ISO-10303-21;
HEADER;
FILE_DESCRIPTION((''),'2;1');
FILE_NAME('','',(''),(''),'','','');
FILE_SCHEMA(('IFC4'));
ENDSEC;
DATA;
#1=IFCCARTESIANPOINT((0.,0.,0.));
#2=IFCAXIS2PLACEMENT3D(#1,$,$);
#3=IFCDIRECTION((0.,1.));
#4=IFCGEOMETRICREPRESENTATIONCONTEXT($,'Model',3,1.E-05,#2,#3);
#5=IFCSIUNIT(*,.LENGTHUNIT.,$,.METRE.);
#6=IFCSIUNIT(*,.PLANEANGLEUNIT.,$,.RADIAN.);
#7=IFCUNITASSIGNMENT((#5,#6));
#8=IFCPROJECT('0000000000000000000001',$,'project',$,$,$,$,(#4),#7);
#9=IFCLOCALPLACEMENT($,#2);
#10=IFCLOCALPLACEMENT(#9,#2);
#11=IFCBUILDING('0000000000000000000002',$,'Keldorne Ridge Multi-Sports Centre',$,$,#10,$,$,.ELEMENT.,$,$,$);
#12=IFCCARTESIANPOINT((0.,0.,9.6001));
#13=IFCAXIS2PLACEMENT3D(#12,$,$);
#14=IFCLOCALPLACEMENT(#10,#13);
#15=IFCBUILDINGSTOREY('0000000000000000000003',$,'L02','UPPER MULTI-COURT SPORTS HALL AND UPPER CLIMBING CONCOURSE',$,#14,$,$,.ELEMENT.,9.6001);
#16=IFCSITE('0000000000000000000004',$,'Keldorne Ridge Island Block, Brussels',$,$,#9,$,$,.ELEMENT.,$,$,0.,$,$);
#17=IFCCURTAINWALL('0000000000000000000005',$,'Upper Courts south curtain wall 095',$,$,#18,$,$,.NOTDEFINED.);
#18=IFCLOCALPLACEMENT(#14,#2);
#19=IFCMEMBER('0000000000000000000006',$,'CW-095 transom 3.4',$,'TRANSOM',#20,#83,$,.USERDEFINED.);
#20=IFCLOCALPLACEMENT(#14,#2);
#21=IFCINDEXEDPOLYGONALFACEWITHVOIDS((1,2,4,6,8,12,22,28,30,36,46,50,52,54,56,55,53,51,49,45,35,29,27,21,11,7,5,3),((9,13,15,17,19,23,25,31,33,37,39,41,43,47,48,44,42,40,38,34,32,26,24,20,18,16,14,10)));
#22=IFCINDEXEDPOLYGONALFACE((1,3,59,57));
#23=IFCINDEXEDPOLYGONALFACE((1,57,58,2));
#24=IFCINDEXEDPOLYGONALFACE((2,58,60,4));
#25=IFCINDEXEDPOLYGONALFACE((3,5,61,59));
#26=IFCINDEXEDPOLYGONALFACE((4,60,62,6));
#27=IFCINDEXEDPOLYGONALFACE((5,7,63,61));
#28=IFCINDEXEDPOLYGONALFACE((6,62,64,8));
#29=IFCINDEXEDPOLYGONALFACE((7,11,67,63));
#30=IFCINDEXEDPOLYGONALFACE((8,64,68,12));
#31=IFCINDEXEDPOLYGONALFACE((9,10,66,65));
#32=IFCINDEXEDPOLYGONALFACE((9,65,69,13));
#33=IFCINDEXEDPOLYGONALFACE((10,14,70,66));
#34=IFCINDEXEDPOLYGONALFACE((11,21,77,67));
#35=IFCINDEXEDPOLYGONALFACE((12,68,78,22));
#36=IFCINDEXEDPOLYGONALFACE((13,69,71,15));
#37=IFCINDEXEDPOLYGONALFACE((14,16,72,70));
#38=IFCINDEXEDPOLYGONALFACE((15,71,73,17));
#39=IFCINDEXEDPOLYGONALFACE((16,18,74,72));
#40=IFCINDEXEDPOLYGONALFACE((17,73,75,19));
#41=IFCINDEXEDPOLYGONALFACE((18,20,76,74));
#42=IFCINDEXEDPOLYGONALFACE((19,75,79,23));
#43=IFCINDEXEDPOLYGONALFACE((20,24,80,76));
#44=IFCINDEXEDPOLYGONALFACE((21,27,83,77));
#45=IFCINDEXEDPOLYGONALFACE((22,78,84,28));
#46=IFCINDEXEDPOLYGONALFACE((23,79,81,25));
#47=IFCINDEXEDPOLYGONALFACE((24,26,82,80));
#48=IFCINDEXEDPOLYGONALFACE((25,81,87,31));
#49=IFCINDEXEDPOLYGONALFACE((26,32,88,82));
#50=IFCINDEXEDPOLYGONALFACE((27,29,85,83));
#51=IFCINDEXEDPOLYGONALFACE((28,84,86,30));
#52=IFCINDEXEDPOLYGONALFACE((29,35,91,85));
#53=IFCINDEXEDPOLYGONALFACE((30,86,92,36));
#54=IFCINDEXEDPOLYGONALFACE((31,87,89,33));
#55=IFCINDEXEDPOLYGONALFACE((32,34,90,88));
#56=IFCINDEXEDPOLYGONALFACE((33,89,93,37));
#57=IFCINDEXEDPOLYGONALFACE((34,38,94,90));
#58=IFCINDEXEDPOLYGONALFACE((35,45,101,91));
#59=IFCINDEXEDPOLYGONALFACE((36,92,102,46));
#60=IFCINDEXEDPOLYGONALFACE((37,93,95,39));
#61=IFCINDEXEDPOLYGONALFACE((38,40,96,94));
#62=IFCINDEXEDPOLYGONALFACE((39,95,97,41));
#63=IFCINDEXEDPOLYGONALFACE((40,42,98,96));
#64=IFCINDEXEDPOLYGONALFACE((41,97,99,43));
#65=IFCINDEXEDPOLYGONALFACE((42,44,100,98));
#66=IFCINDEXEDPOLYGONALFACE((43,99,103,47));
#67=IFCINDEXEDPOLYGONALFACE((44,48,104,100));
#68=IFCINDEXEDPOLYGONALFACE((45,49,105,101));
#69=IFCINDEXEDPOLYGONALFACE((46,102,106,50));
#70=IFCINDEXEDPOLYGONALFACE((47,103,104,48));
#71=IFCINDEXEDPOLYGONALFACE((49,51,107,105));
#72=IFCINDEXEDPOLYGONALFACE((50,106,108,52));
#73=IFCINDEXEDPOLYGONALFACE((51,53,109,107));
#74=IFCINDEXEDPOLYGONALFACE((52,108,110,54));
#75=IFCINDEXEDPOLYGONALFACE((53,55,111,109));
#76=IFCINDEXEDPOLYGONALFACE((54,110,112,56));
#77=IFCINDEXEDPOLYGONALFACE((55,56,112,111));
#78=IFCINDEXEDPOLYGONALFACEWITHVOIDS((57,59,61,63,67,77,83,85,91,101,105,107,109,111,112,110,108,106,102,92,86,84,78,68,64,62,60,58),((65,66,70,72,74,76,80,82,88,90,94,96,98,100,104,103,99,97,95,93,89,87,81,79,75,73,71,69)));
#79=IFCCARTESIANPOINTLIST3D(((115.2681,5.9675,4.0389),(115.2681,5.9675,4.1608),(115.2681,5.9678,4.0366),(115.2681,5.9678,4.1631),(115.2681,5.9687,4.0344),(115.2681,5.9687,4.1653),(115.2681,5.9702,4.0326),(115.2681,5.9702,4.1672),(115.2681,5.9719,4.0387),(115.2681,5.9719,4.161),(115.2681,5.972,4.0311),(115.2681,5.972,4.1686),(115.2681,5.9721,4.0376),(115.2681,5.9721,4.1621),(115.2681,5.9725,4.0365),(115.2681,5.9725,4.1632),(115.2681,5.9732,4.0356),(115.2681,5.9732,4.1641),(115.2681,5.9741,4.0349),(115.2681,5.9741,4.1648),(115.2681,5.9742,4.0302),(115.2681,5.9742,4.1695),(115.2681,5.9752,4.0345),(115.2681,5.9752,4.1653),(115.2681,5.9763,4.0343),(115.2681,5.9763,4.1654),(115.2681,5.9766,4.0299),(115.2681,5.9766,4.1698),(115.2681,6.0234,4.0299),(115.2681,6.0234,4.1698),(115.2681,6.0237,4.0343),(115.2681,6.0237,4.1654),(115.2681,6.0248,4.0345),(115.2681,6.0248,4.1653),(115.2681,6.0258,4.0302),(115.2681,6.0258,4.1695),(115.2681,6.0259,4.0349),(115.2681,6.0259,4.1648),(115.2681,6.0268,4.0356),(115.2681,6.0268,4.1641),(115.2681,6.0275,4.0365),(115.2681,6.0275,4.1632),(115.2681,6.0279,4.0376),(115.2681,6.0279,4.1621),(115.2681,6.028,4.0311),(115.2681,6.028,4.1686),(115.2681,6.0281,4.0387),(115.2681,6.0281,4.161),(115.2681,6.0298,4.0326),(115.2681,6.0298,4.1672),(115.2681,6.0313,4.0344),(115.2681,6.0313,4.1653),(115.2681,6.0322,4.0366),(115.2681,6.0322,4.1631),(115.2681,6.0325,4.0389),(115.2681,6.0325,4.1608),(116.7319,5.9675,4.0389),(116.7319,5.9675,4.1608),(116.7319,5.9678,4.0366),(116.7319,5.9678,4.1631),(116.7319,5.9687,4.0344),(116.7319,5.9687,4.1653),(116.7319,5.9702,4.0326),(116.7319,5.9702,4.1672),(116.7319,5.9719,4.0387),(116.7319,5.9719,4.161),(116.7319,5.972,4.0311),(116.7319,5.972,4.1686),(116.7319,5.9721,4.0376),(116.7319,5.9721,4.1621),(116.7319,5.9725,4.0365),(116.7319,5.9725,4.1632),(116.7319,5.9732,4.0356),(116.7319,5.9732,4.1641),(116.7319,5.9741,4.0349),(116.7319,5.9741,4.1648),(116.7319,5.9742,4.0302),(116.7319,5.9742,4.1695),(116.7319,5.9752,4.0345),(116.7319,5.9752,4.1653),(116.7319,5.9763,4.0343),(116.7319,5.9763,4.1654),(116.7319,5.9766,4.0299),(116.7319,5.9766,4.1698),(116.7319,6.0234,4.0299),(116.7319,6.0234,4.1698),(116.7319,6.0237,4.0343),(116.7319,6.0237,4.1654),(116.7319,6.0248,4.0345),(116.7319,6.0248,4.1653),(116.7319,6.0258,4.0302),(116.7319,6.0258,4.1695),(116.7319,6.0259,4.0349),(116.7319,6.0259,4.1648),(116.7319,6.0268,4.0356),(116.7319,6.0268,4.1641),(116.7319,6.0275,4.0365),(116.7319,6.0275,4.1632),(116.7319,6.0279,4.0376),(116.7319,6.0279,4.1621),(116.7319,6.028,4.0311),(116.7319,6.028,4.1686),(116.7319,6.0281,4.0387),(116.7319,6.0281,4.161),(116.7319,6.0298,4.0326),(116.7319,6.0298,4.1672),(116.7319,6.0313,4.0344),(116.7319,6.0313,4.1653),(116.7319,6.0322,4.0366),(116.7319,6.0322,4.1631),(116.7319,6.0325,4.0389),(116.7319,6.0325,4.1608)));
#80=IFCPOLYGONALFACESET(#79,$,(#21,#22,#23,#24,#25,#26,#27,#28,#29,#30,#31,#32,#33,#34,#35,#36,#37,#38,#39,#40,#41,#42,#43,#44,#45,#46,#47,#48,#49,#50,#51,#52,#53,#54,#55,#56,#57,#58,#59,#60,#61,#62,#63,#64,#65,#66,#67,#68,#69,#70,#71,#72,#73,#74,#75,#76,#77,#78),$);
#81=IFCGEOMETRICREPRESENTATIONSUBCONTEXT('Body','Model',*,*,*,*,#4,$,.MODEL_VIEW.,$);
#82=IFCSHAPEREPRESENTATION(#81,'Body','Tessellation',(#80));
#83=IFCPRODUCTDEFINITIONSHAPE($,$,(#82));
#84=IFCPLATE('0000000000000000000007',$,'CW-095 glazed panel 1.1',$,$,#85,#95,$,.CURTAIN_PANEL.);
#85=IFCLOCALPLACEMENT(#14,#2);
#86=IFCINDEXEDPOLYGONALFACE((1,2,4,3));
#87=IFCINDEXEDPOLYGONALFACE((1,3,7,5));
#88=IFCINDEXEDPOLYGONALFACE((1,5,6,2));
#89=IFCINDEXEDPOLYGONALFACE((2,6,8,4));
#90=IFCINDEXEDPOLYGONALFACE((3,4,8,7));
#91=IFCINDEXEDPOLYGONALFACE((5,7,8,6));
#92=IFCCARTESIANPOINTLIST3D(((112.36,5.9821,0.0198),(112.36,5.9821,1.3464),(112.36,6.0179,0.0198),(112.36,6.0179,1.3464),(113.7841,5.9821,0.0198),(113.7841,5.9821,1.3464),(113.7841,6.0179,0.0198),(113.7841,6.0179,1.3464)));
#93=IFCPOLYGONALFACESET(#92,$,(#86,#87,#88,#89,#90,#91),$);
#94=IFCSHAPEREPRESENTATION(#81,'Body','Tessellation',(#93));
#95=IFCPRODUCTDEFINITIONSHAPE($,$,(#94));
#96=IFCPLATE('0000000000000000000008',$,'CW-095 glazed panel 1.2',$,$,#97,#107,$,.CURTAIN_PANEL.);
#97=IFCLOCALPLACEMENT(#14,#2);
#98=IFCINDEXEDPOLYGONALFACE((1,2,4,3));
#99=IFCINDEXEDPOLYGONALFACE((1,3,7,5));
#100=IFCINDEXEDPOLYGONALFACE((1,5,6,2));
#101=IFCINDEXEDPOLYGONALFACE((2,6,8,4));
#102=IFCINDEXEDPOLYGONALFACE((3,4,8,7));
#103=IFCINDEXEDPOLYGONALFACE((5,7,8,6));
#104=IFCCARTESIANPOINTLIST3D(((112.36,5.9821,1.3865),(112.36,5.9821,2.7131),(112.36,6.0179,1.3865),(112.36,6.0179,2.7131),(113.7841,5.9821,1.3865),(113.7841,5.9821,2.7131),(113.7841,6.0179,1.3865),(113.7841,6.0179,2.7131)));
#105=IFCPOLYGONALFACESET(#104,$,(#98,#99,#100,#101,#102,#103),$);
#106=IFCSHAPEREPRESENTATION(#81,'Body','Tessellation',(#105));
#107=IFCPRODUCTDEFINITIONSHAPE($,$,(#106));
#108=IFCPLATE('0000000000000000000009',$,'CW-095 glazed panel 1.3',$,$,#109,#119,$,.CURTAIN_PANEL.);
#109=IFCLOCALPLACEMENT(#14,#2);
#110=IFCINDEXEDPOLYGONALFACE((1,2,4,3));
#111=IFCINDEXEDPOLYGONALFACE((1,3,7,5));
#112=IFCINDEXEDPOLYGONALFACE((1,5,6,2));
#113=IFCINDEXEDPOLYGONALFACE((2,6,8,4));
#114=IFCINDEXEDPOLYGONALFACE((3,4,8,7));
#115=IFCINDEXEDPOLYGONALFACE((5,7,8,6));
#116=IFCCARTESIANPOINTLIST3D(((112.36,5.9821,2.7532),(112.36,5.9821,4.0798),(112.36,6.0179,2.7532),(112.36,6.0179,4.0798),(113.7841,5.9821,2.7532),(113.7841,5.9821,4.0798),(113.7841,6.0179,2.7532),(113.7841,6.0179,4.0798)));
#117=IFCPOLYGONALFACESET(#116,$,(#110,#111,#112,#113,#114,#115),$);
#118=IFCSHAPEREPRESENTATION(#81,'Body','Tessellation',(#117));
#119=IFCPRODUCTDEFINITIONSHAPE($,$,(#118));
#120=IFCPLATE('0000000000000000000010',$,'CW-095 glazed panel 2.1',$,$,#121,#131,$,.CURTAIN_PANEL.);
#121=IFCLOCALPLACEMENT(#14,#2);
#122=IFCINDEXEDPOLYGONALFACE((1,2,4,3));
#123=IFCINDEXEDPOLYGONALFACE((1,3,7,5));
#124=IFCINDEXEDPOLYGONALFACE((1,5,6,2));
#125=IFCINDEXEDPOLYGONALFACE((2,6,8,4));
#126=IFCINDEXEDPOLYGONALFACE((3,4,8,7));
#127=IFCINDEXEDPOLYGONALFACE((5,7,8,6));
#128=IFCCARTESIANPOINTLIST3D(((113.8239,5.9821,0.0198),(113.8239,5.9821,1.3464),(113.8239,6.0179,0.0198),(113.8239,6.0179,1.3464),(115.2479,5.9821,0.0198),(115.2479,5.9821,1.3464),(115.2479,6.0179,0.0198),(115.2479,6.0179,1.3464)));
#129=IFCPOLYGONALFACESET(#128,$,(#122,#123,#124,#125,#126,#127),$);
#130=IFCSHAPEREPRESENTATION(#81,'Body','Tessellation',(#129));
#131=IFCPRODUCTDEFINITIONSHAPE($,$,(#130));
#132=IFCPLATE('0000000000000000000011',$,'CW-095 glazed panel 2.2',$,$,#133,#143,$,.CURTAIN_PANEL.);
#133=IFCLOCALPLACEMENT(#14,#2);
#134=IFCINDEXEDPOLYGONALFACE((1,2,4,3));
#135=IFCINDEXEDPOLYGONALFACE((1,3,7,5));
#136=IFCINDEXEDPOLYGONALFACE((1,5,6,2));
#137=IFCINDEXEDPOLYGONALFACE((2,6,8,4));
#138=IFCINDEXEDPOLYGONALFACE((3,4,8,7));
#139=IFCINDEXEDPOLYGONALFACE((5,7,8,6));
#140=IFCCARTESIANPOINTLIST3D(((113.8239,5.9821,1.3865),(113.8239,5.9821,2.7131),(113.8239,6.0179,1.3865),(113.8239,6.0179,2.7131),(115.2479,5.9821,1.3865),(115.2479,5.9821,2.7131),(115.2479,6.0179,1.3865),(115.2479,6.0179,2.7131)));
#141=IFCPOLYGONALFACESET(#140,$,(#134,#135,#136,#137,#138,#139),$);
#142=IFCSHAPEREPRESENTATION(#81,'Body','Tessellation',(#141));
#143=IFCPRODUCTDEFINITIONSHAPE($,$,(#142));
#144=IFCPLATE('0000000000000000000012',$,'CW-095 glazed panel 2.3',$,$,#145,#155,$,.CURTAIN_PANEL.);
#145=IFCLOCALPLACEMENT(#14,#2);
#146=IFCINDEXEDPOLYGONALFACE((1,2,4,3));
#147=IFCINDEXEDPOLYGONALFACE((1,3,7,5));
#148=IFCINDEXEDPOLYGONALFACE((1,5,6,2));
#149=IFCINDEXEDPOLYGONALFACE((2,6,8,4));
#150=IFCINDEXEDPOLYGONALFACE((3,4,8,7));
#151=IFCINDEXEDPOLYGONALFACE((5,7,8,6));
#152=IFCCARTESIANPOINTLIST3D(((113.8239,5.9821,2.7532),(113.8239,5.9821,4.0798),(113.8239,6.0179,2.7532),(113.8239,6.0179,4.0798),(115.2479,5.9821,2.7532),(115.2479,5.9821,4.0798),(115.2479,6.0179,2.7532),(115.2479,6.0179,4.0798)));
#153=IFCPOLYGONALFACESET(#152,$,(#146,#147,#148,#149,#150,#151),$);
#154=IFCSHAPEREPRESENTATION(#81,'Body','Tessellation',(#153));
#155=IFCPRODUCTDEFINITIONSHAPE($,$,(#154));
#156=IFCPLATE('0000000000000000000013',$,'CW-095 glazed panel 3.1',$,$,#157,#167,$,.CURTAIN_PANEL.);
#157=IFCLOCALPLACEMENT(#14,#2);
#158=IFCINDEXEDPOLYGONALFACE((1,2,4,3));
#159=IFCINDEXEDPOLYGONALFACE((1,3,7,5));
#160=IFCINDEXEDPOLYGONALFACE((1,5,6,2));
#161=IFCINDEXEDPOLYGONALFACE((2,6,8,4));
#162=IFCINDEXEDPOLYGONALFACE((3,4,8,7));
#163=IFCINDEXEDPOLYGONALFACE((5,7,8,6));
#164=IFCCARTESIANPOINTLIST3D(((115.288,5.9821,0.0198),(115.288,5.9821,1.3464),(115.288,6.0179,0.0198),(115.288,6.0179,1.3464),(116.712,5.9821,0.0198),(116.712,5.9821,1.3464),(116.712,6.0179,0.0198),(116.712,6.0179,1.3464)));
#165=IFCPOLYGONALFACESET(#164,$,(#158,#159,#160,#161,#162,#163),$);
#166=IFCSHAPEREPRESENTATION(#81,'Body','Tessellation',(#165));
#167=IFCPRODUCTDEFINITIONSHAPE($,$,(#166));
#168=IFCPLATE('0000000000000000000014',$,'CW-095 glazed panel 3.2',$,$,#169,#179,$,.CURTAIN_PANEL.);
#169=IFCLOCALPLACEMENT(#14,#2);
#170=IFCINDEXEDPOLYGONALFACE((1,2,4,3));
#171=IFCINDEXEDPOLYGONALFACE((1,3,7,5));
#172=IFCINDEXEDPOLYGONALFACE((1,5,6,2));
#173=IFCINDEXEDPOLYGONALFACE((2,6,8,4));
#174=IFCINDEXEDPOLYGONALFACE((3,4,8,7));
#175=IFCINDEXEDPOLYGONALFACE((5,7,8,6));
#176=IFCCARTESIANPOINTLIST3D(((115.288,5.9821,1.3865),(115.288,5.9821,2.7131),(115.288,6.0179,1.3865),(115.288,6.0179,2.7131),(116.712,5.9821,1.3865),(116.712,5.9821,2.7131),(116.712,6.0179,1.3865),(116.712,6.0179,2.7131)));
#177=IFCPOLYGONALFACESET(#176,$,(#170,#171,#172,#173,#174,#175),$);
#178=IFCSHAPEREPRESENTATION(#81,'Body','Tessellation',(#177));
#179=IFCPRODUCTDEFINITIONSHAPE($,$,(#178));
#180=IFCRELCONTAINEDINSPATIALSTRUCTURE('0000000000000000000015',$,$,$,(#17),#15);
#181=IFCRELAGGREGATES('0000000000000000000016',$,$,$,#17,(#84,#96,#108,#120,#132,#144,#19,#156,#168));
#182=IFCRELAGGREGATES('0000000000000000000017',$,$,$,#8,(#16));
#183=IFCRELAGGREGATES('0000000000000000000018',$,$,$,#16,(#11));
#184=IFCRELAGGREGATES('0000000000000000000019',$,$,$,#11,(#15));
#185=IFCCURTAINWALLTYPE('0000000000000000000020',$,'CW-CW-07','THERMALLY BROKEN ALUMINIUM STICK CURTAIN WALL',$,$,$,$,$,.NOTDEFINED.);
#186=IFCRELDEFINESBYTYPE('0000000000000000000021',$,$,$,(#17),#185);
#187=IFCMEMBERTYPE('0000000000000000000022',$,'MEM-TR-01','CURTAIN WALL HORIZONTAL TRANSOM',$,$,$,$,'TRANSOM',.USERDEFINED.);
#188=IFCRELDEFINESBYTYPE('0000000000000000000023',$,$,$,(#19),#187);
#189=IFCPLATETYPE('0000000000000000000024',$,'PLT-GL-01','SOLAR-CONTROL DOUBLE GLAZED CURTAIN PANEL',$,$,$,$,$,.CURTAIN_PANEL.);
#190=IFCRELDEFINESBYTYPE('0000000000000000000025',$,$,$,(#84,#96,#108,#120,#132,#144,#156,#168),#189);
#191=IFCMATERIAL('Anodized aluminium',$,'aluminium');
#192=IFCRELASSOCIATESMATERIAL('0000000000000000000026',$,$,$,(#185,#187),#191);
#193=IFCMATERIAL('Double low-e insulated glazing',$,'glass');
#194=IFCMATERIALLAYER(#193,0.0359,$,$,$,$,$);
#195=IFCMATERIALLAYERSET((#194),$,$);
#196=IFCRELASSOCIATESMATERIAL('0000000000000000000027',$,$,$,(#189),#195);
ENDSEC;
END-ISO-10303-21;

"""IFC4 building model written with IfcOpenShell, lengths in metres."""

from ifc_helpers import new_model, si_unit, direction, frame, origin, origin_2d, place, context, subcontext, project, spatial, rectangle, hollow_rectangle, extrude, material, layer, layer_set, material_profile, profile_set, type_object, element, aggregate, save


model = new_model("IFC4")

# Units and contexts
model_context = context("Model", 3, precision=1e-05, world=origin(), true_north=direction((0.0, 1.0)))
body_context = subcontext(model_context, "Body", "Model", "MODEL_VIEW")
ifc_project = project(units=[si_unit("LENGTHUNIT", "METRE"), si_unit("PLANEANGLEUNIT", "RADIAN")], contexts=[model_context])

# Site, building, storey
site_placement = place(None, origin())
site = spatial("IfcSite", under=ifc_project, at=site_placement, Name="Keldorne Ridge Island Block, Brussels", CompositionType="ELEMENT", RefElevation=0.0)
building_placement = place(site_placement, origin())
building = spatial("IfcBuilding", under=site, at=building_placement, Name="Keldorne Ridge Multi-Sports Centre", CompositionType="ELEMENT")
storey_placement = place(building_placement, frame((0.0, 0.0, 9.6001)))
storey = spatial("IfcBuildingStorey", under=building, at=storey_placement, Name="L02", Description="UPPER MULTI-COURT SPORTS HALL AND UPPER CLIMBING CONCOURSE", CompositionType="ELEMENT", Elevation=9.6001)

# Curtain wall, member, plates
ifc_material_1 = material(Name="Anodized aluminium", Category="aluminium")
curtain_wall_type = type_object("IfcCurtainWallType", Name="CW-CW-07", Description="THERMALLY BROKEN ALUMINIUM STICK CURTAIN WALL", PredefinedType="NOTDEFINED", material=ifc_material_1)
curtain_wall_placement = place(storey_placement, origin())
curtain_wall = element("IfcCurtainWall", 1, at=curtain_wall_placement, inside=storey, type_object=curtain_wall_type, Name="Upper Courts south curtain wall 095", PredefinedType="NOTDEFINED")
ifc_material_profile_1 = material_profile(ifc_material_1, hollow_rectangle(XDim=0.0649, YDim=0.1399, WallThickness=0.0044, InnerFilletRadius=0.0044, OuterFilletRadius=0.009, at=origin_2d()), Name="ALU TRANSOM 140x65x4.5")
ifc_profile_set_1 = profile_set([ifc_material_profile_1], Name="Anodized aluminium")
member_type_1 = type_object("IfcMemberType", Name="MEM-TR-01", Description="CURTAIN WALL HORIZONTAL TRANSOM", ElementType="TRANSOM", PredefinedType="USERDEFINED", material=ifc_profile_set_1)
member_1_placement = place(storey_placement, frame((115.2681, 6.0, 4.0999), z_axis=(1.0, 0.0, 0.0), x_axis=(0.0, 1.0, 0.0)))
member_1 = element("IfcMember", 2, at=member_1_placement, type_object=member_type_1, Name="CW-095 transom 3.4", ObjectType="TRANSOM", PredefinedType="USERDEFINED", context=body_context, shape_type="SweptSolid", body=[
    extrude(hollow_rectangle(XDim=0.0649, YDim=0.1399, WallThickness=0.0044, InnerFilletRadius=0.0044, OuterFilletRadius=0.009, at=origin_2d()), origin(), (0.0, 0.0, 1.0), 1.4639),
])
ifc_material_2 = material(Name="Double low-e insulated glazing", Category="glass")
ifc_layer = layer(ifc_material_2, 0.0359)
ifc_layer_set = layer_set([ifc_layer])
plate_type = type_object("IfcPlateType", Name="PLT-GL-01", Description="SOLAR-CONTROL DOUBLE GLAZED CURTAIN PANEL", PredefinedType="CURTAIN_PANEL", material=ifc_layer_set)
plate_1_placement = place(storey_placement, frame((113.072, 6.0, 0.0198), z_axis=(0.0, 0.0, 1.0), x_axis=(1.0, 0.0, 0.0)))
plate_1 = element("IfcPlate", 3, at=plate_1_placement, type_object=plate_type, Name="CW-095 glazed panel 1.1", PredefinedType="CURTAIN_PANEL", context=body_context, shape_type="SweptSolid", body=[
    extrude(rectangle(XDim=1.4241, YDim=0.0359, at=origin_2d()), origin(), (0.0, 0.0, 1.0), 1.3267),
])
plate_2_placement = place(storey_placement, frame((113.072, 6.0, 1.3865), z_axis=(0.0, 0.0, 1.0), x_axis=(1.0, 0.0, 0.0)))
plate_2 = element("IfcPlate", 4, at=plate_2_placement, type_object=plate_type, Name="CW-095 glazed panel 1.2", PredefinedType="CURTAIN_PANEL", context=body_context, shape_type="SweptSolid", body=[
    extrude(rectangle(XDim=1.4241, YDim=0.0359, at=origin_2d()), origin(), (0.0, 0.0, 1.0), 1.3267),
])
plate_3_placement = place(storey_placement, frame((113.072, 6.0, 2.7532), z_axis=(0.0, 0.0, 1.0), x_axis=(1.0, 0.0, 0.0)))
plate_3 = element("IfcPlate", 5, at=plate_3_placement, type_object=plate_type, Name="CW-095 glazed panel 1.3", PredefinedType="CURTAIN_PANEL", context=body_context, shape_type="SweptSolid", body=[
    extrude(rectangle(XDim=1.4241, YDim=0.0359, at=origin_2d()), origin(), (0.0, 0.0, 1.0), 1.3267),
])
plate_4_placement = place(storey_placement, frame((114.5359, 6.0, 0.0198), z_axis=(0.0, 0.0, 1.0), x_axis=(1.0, 0.0, 0.0)))
plate_4 = element("IfcPlate", 6, at=plate_4_placement, type_object=plate_type, Name="CW-095 glazed panel 2.1", PredefinedType="CURTAIN_PANEL", context=body_context, shape_type="SweptSolid", body=[
    extrude(rectangle(XDim=1.4241, YDim=0.0359, at=origin_2d()), origin(), (0.0, 0.0, 1.0), 1.3267),
])
plate_5_placement = place(storey_placement, frame((114.5359, 6.0, 1.3865), z_axis=(0.0, 0.0, 1.0), x_axis=(1.0, 0.0, 0.0)))
plate_5 = element("IfcPlate", 7, at=plate_5_placement, type_object=plate_type, Name="CW-095 glazed panel 2.2", PredefinedType="CURTAIN_PANEL", context=body_context, shape_type="SweptSolid", body=[
    extrude(rectangle(XDim=1.4241, YDim=0.0359, at=origin_2d()), origin(), (0.0, 0.0, 1.0), 1.3267),
])
plate_6_placement = place(storey_placement, frame((114.5359, 6.0, 2.7532), z_axis=(0.0, 0.0, 1.0), x_axis=(1.0, 0.0, 0.0)))
plate_6 = element("IfcPlate", 8, at=plate_6_placement, type_object=plate_type, Name="CW-095 glazed panel 2.3", PredefinedType="CURTAIN_PANEL", context=body_context, shape_type="SweptSolid", body=[
    extrude(rectangle(XDim=1.4241, YDim=0.0359, at=origin_2d()), origin(), (0.0, 0.0, 1.0), 1.3267),
])
plate_7_placement = place(storey_placement, frame((116.0, 6.0, 0.0198), z_axis=(0.0, 0.0, 1.0), x_axis=(1.0, 0.0, 0.0)))
plate_7 = element("IfcPlate", 9, at=plate_7_placement, type_object=plate_type, Name="CW-095 glazed panel 3.1", PredefinedType="CURTAIN_PANEL", context=body_context, shape_type="SweptSolid", body=[
    extrude(rectangle(XDim=1.4241, YDim=0.0359, at=origin_2d()), origin(), (0.0, 0.0, 1.0), 1.3267),
])
plate_8_placement = place(storey_placement, frame((116.0, 6.0, 1.3865), z_axis=(0.0, 0.0, 1.0), x_axis=(1.0, 0.0, 0.0)))
plate_8 = element("IfcPlate", 10, at=plate_8_placement, type_object=plate_type, Name="CW-095 glazed panel 3.2", PredefinedType="CURTAIN_PANEL", context=body_context, shape_type="SweptSolid", body=[
    extrude(rectangle(XDim=1.4241, YDim=0.0359, at=origin_2d()), origin(), (0.0, 0.0, 1.0), 1.3267),
])
aggregate(curtain_wall, [plate_1, plate_2, plate_3, plate_4, plate_5, plate_6, member_1, plate_7, plate_8])

save(model, "model.ifc")
